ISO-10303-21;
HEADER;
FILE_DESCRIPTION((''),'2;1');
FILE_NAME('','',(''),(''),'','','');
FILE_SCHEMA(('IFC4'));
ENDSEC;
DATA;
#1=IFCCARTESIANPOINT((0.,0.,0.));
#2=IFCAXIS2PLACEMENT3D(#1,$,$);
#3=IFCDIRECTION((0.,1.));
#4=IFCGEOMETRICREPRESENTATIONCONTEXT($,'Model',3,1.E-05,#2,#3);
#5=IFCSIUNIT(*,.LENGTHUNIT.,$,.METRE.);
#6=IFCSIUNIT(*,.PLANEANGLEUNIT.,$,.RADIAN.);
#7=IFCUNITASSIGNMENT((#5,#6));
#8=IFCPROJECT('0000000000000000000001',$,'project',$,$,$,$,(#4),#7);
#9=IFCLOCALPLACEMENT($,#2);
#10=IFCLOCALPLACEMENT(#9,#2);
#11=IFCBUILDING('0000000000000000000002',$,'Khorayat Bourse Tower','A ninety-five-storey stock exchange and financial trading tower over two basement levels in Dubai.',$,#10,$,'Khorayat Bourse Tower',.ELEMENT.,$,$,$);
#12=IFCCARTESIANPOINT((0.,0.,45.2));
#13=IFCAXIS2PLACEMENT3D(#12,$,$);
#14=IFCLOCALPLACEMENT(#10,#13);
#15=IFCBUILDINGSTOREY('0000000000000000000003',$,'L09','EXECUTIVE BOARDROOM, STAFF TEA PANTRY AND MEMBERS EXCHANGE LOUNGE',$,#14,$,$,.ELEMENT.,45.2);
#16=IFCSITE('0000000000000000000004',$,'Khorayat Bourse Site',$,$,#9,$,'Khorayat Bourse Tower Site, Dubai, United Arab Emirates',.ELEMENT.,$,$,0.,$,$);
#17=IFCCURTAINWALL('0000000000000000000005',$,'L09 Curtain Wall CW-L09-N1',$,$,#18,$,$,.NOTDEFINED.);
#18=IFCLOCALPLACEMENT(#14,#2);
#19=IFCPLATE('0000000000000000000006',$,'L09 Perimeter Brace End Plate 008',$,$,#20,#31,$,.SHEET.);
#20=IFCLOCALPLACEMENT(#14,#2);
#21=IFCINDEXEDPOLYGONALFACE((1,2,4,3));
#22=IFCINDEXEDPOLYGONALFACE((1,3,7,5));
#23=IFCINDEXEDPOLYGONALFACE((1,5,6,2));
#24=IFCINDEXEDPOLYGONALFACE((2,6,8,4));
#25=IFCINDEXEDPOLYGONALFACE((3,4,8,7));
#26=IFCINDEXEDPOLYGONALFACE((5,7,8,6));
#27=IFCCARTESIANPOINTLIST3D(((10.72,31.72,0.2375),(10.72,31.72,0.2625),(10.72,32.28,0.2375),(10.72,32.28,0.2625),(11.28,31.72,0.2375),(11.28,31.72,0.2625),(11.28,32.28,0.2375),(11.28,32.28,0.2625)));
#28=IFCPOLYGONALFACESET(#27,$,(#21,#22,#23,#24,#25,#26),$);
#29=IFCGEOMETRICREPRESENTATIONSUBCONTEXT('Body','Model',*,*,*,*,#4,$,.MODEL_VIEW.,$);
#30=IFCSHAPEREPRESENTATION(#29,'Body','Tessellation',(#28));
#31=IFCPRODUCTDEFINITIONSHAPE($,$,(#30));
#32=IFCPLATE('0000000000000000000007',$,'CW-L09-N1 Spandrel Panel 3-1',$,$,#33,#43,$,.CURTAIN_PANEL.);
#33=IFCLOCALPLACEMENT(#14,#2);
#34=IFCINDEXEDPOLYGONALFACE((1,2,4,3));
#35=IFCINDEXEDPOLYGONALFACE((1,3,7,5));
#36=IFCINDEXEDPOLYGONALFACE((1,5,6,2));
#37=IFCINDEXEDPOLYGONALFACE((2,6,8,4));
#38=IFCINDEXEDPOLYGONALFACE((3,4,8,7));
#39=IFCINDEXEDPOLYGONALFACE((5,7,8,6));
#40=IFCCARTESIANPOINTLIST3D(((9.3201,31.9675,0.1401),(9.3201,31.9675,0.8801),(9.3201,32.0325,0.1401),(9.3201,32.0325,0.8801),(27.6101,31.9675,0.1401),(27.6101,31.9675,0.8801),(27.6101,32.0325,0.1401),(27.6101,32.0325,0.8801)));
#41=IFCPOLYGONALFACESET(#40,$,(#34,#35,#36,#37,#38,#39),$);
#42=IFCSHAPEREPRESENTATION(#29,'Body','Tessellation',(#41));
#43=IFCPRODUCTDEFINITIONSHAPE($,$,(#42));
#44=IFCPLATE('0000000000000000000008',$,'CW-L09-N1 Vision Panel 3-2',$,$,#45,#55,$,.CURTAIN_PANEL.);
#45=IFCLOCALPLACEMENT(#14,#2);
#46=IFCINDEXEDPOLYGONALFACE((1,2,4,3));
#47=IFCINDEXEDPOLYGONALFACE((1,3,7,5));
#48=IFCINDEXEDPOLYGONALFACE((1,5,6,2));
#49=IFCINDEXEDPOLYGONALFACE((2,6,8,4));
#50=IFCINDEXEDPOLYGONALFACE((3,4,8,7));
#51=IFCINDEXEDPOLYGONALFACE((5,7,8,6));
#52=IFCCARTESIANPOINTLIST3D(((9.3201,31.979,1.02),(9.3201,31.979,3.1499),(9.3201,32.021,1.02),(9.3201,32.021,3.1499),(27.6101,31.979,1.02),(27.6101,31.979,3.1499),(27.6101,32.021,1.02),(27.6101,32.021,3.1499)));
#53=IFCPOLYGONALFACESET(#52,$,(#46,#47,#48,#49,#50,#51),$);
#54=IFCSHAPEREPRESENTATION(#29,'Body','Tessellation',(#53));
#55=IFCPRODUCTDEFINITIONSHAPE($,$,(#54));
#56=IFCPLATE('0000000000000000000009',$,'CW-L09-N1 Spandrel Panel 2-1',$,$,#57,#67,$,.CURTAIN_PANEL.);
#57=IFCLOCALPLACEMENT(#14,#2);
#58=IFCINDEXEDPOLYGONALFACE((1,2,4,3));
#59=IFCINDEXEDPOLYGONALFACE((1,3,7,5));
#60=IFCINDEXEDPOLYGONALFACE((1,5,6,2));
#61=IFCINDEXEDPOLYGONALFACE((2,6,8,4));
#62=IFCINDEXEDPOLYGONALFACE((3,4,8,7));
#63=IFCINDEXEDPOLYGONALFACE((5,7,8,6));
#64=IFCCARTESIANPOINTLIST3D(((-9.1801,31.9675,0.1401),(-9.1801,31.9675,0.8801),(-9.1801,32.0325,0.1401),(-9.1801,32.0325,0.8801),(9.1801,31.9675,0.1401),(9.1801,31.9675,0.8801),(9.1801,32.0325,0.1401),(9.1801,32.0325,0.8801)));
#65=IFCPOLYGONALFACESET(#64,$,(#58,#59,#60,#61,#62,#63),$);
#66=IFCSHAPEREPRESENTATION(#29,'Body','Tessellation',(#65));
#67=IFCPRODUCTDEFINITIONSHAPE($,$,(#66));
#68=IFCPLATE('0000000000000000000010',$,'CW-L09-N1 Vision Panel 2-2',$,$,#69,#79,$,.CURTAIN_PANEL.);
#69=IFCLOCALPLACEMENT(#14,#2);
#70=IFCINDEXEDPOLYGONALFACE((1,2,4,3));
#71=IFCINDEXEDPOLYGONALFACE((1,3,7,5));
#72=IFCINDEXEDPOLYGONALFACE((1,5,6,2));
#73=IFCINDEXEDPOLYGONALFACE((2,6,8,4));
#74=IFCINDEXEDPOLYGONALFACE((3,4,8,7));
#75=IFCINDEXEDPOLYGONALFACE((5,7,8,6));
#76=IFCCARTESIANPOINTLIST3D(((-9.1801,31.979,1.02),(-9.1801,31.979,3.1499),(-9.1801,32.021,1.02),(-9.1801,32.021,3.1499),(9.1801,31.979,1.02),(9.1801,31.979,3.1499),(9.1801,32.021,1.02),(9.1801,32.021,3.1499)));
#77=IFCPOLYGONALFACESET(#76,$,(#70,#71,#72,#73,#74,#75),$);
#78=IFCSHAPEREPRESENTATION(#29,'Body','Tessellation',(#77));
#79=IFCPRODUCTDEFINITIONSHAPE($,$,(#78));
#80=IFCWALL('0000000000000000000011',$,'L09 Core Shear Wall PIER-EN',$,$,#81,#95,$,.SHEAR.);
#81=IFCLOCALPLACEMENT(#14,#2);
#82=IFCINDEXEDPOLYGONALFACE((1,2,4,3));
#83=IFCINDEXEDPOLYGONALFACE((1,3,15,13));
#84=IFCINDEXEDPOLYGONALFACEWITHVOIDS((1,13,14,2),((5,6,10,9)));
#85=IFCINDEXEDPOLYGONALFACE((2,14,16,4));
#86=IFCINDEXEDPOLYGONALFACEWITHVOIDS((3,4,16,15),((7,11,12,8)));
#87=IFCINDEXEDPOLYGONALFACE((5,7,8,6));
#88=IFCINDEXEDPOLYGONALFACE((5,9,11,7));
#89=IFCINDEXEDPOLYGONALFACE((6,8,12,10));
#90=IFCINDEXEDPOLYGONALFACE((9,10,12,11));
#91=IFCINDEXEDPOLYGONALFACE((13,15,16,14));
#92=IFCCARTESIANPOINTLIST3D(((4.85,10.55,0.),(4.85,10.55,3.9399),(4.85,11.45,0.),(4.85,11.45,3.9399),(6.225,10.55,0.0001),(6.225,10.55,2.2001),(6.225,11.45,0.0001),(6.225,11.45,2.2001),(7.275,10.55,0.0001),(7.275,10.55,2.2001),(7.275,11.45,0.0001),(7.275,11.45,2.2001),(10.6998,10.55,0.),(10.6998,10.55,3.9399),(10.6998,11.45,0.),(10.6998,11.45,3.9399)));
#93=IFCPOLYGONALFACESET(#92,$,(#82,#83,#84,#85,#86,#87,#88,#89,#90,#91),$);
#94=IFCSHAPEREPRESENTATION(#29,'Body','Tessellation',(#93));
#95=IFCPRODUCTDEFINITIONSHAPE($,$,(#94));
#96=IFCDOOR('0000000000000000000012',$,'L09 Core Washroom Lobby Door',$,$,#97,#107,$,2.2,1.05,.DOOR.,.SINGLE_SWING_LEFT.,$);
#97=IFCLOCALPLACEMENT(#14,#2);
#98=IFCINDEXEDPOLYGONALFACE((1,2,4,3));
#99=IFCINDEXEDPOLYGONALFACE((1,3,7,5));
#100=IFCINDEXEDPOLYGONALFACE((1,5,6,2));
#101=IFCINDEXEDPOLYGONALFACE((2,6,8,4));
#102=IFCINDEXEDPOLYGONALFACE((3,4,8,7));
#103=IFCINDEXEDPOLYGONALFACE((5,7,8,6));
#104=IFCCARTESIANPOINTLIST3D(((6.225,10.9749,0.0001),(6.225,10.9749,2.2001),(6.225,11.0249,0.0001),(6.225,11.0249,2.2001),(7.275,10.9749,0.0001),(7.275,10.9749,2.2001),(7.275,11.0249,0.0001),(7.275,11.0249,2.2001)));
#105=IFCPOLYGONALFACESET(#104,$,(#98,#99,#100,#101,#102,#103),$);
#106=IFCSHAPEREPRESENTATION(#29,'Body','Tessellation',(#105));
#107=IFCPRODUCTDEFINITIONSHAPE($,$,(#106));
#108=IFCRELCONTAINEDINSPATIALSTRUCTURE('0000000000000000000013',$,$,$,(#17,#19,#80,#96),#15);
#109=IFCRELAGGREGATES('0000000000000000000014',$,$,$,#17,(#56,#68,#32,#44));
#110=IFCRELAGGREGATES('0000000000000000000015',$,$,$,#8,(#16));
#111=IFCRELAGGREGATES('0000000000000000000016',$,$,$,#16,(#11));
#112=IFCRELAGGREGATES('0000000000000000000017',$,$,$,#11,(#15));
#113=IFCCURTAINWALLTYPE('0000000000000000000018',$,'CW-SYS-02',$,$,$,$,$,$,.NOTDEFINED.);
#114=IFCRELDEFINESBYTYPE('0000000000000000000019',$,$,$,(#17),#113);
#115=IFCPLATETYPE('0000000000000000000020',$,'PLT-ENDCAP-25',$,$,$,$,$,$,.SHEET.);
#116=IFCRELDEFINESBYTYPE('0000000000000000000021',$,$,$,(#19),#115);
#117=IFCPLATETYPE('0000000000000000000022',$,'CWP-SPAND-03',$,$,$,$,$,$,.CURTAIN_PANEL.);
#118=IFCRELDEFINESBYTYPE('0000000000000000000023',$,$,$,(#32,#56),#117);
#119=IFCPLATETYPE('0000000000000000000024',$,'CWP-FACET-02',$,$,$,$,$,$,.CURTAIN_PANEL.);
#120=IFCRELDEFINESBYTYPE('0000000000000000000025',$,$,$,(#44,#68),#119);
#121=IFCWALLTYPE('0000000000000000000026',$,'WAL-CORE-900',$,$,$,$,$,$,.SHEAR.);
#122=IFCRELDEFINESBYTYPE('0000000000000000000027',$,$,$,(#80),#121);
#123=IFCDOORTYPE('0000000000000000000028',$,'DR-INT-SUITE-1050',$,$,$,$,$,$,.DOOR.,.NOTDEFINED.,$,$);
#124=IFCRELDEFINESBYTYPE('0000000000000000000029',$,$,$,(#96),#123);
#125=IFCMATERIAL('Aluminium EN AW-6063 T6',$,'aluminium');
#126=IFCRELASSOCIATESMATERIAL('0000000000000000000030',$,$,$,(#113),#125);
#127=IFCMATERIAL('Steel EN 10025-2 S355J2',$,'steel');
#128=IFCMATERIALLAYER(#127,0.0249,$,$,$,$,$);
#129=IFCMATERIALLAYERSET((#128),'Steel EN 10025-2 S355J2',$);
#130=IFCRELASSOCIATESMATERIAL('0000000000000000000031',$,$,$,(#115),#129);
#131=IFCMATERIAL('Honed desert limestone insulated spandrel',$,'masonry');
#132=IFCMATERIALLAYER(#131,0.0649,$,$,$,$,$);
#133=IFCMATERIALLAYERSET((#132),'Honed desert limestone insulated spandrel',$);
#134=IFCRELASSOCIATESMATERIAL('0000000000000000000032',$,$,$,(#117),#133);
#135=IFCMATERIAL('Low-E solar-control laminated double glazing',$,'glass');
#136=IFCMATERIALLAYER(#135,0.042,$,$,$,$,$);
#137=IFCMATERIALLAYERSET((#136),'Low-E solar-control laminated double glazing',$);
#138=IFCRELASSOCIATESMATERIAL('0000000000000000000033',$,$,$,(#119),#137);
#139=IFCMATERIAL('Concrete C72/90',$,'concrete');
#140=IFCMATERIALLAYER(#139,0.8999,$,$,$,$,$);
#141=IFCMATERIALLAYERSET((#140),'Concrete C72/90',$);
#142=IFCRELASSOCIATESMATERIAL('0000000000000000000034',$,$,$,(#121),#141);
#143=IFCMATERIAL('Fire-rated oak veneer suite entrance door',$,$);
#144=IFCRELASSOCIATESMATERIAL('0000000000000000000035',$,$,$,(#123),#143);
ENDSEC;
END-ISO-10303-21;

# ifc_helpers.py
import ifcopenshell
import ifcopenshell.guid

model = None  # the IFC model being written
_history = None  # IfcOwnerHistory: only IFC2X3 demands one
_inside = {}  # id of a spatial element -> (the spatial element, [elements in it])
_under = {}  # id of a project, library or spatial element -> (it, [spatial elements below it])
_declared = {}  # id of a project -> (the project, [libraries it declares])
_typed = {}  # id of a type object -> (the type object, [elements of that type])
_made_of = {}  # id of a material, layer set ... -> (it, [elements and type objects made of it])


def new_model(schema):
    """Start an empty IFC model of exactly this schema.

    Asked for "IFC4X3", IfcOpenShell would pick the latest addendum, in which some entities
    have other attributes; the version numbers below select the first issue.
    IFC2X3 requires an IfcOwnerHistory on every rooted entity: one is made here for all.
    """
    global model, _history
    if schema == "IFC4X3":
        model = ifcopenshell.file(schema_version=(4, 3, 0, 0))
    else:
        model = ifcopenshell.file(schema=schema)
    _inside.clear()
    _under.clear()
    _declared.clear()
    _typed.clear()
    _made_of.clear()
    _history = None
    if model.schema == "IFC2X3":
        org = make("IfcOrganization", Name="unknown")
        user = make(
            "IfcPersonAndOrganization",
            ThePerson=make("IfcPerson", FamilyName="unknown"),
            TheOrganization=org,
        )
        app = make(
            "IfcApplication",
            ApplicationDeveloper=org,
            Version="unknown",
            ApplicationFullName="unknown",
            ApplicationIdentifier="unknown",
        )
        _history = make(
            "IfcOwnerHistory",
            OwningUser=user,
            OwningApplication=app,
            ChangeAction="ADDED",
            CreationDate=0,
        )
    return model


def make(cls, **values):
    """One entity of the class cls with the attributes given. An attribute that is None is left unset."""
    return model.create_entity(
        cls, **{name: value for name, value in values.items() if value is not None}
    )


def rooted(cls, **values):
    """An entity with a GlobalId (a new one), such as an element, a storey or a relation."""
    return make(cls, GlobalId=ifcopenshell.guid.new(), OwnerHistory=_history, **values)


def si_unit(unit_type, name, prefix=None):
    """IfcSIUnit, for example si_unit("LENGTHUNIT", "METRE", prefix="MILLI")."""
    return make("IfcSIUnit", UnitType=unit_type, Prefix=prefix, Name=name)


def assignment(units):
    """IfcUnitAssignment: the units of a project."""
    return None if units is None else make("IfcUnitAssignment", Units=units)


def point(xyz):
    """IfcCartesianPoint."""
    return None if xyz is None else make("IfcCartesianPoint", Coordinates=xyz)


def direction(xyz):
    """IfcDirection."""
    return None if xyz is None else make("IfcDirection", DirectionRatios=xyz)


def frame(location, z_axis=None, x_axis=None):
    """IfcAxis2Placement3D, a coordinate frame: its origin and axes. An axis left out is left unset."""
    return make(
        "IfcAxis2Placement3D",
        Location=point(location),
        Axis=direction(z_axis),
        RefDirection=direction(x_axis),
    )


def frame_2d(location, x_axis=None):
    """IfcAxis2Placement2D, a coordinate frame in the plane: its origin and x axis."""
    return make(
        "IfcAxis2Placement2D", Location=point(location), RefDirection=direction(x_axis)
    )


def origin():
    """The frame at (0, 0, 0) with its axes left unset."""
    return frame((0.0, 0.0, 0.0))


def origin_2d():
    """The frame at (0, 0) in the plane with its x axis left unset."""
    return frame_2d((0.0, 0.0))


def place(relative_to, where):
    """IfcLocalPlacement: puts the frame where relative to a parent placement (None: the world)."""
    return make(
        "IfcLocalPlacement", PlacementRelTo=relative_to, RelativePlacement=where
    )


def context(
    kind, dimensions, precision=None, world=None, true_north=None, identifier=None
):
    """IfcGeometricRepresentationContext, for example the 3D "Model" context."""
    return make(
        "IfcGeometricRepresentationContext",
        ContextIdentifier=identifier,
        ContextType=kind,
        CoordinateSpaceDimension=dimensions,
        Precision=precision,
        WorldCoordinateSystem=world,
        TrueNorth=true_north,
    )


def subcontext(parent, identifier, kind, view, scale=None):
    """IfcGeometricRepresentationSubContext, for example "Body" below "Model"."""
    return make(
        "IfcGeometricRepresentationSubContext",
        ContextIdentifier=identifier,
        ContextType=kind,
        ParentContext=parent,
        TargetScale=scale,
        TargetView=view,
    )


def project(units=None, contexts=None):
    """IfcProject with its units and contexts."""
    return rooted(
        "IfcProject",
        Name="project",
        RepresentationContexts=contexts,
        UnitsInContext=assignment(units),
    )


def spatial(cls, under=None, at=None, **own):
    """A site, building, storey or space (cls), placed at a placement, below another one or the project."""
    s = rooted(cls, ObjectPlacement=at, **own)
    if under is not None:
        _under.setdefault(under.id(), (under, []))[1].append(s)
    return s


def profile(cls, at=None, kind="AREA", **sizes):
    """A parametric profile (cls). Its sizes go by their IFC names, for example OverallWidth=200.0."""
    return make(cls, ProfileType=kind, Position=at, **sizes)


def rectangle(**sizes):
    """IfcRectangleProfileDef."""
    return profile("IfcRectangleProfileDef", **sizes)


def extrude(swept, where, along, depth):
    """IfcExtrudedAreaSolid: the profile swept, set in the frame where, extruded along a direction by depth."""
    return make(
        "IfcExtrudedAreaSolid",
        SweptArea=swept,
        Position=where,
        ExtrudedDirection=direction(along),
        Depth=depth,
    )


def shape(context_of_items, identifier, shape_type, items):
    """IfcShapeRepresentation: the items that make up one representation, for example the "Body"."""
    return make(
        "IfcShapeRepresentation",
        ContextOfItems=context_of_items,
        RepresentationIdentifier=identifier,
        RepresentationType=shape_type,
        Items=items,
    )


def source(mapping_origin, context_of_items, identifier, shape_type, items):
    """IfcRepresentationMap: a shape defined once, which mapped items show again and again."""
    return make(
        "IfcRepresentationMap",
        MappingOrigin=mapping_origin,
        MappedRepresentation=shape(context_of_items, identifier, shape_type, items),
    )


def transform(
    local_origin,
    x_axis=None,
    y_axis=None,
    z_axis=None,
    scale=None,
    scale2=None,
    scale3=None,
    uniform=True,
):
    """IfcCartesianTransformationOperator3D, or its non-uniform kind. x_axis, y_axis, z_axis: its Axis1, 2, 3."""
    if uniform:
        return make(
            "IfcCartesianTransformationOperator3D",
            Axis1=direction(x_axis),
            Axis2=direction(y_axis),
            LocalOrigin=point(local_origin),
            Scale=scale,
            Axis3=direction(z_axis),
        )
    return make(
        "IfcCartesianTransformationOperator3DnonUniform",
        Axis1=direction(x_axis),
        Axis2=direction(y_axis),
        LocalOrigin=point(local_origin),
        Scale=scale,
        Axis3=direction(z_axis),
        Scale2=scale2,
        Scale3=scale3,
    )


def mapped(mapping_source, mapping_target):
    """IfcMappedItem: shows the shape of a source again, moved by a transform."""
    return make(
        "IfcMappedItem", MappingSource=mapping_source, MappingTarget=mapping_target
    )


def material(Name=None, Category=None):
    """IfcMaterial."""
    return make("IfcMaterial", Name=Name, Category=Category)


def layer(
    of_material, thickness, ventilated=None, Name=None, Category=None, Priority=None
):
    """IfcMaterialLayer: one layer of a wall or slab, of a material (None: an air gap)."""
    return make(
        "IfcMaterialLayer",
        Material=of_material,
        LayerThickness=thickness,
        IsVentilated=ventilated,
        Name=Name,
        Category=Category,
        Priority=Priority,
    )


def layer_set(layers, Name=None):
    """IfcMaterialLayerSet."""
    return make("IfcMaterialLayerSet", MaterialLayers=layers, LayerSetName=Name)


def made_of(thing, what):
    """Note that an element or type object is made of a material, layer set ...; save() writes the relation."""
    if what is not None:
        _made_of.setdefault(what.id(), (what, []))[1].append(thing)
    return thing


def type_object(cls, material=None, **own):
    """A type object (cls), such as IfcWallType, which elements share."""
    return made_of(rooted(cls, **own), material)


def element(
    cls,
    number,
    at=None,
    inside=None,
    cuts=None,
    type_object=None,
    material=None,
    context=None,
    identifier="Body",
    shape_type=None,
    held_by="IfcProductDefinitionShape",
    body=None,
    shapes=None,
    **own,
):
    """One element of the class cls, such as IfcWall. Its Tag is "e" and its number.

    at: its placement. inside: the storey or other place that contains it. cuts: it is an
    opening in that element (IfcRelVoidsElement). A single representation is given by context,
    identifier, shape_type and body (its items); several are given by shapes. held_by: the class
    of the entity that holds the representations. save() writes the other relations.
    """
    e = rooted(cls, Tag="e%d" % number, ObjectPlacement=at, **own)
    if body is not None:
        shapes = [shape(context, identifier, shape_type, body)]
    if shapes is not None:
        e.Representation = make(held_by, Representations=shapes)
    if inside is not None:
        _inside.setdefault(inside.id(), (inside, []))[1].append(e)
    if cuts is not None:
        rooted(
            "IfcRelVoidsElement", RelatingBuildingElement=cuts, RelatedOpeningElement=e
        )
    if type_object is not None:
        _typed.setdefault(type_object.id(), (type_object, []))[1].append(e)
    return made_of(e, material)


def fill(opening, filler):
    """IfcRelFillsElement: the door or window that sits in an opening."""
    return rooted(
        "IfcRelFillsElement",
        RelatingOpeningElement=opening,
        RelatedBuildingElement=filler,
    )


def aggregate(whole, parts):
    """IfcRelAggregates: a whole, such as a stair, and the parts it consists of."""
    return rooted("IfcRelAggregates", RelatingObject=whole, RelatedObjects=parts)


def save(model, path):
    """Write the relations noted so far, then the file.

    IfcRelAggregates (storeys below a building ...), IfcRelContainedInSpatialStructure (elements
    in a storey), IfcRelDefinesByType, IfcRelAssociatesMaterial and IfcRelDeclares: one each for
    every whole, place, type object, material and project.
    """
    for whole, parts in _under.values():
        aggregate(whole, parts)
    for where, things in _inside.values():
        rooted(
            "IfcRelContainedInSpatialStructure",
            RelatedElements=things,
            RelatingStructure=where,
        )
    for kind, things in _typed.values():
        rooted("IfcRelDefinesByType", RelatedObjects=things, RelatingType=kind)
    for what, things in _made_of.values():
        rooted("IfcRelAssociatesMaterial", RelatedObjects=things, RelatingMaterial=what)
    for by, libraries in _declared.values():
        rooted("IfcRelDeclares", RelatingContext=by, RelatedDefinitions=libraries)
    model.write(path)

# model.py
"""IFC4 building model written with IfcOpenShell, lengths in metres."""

from ifc_helpers import new_model, si_unit, direction, frame, frame_2d, origin, origin_2d, place, context, subcontext, project, spatial, rectangle, extrude, source, transform, mapped, material, layer, layer_set, type_object, element, fill, aggregate, save


model = new_model("IFC4")

# Units and contexts
model_context = context("Model", 3, precision=1e-05, world=origin(), true_north=direction((0.0, 1.0)))
body_context = subcontext(model_context, "Body", "Model", "MODEL_VIEW")
ifc_project = project(units=[si_unit("LENGTHUNIT", "METRE"), si_unit("PLANEANGLEUNIT", "RADIAN")], contexts=[model_context])

# Site, building, storey
site_placement = place(None, origin())
site = spatial("IfcSite", under=ifc_project, at=site_placement, Name="Khorayat Bourse Site", LongName="Khorayat Bourse Tower Site, Dubai, United Arab Emirates", CompositionType="ELEMENT", RefElevation=0.0)
building_placement = place(site_placement, origin())
building = spatial("IfcBuilding", under=site, at=building_placement, Name="Khorayat Bourse Tower", Description="A ninety-five-storey stock exchange and financial trading tower over two basement levels in Dubai.", LongName="Khorayat Bourse Tower", CompositionType="ELEMENT")
storey_placement = place(building_placement, frame((0.0, 0.0, 45.2)))
storey = spatial("IfcBuildingStorey", under=building, at=storey_placement, Name="L09", Description="EXECUTIVE BOARDROOM, STAFF TEA PANTRY AND MEMBERS EXCHANGE LOUNGE", CompositionType="ELEMENT", Elevation=45.2)

# Shared definitions
ifc_material_1 = material(Name="Concrete C72/90", Category="concrete")

# Curtain wall
ifc_material_2 = material(Name="Aluminium EN AW-6063 T6", Category="aluminium")
curtain_wall_type = type_object("IfcCurtainWallType", Name="CW-SYS-02", PredefinedType="NOTDEFINED", material=ifc_material_2)
curtain_wall_placement = place(storey_placement, origin())
curtain_wall = element("IfcCurtainWall", 1, at=curtain_wall_placement, inside=storey, type_object=curtain_wall_type, Name="L09 Curtain Wall CW-L09-N1", PredefinedType="NOTDEFINED")

# Plate
ifc_material_3 = material(Name="Steel EN 10025-2 S355J2", Category="steel")
ifc_layer_1 = layer(ifc_material_3, 0.0249)
ifc_layer_set_1 = layer_set([ifc_layer_1], Name="Steel EN 10025-2 S355J2")
plate_type_1 = type_object("IfcPlateType", Name="PLT-ENDCAP-25", PredefinedType="SHEET", material=ifc_layer_set_1)
shared_shape_1 = source(origin(), body_context, "Body", "SweptSolid", [
    extrude(rectangle(XDim=0.5601, YDim=0.5601, at=origin_2d()), origin(), (0.0, 0.0, 1.0), 0.0249),
])
for number, where, z_axis, x_axis, name in (
    (2, (11.0, 32.0, 0.2375), (0.0, 0.0, 1.0), (1.0, 0.0, 0.0), "L09 Perimeter Brace End Plate 008"),
):
    element("IfcPlate", number, at=place(storey_placement, frame(where, z_axis=z_axis, x_axis=x_axis)), inside=storey, type_object=plate_type_1, Name=name, PredefinedType="SHEET", context=body_context, shape_type="MappedRepresentation", body=[
        mapped(shared_shape_1, transform((0.0, 0.0, 0.0), scale=1.0)),
    ])

# Plates
ifc_material_4 = material(Name="Honed desert limestone insulated spandrel", Category="masonry")
ifc_layer_2 = layer(ifc_material_4, 0.0649)
ifc_layer_set_2 = layer_set([ifc_layer_2], Name="Honed desert limestone insulated spandrel")
plate_type_2 = type_object("IfcPlateType", Name="CWP-SPAND-03", PredefinedType="CURTAIN_PANEL", material=ifc_layer_set_2)
shared_shape_2 = source(origin(), body_context, "Body", "SweptSolid", [
    extrude(rectangle(XDim=18.29, YDim=0.0649, at=origin_2d()), origin(), (0.0, 0.0, 1.0), 0.74),
])
plate_1_placement = place(storey_placement, frame((18.4651, 32.0, 0.1401), z_axis=(0.0, 0.0, 1.0), x_axis=(1.0, 0.0, 0.0)))
plate_1 = element("IfcPlate", 3, at=plate_1_placement, type_object=plate_type_2, Name="CW-L09-N1 Spandrel Panel 3-1", PredefinedType="CURTAIN_PANEL", context=body_context, shape_type="MappedRepresentation", body=[
    mapped(shared_shape_2, transform((0.0, 0.0, 0.0), scale=1.0)),
])
ifc_material_5 = material(Name="Low-E solar-control laminated double glazing", Category="glass")
ifc_layer_3 = layer(ifc_material_5, 0.042)
ifc_layer_set_3 = layer_set([ifc_layer_3], Name="Low-E solar-control laminated double glazing")
plate_type_3 = type_object("IfcPlateType", Name="CWP-FACET-02", PredefinedType="CURTAIN_PANEL", material=ifc_layer_set_3)
shared_shape_3 = source(origin(), body_context, "Body", "SweptSolid", [
    extrude(rectangle(XDim=18.29, YDim=0.042, at=origin_2d()), origin(), (0.0, 0.0, 1.0), 2.1299),
])
plate_2_placement = place(storey_placement, frame((18.4651, 32.0, 1.02), z_axis=(0.0, 0.0, 1.0), x_axis=(1.0, 0.0, 0.0)))
plate_2 = element("IfcPlate", 4, at=plate_2_placement, type_object=plate_type_3, Name="CW-L09-N1 Vision Panel 3-2", PredefinedType="CURTAIN_PANEL", context=body_context, shape_type="MappedRepresentation", body=[
    mapped(shared_shape_3, transform((0.0, 0.0, 0.0), scale=1.0)),
])
shared_shape_4 = source(origin(), body_context, "Body", "SweptSolid", [
    extrude(rectangle(XDim=18.3601, YDim=0.0649, at=origin_2d()), origin(), (0.0, 0.0, 1.0), 0.74),
])
plate_3_placement = place(storey_placement, frame((0.0, 32.0, 0.1401), z_axis=(0.0, 0.0, 1.0), x_axis=(1.0, 0.0, 0.0)))
plate_3 = element("IfcPlate", 5, at=plate_3_placement, type_object=plate_type_2, Name="CW-L09-N1 Spandrel Panel 2-1", PredefinedType="CURTAIN_PANEL", context=body_context, shape_type="MappedRepresentation", body=[
    mapped(shared_shape_4, transform((0.0, 0.0, 0.0), scale=1.0)),
])
shared_shape_5 = source(origin(), body_context, "Body", "SweptSolid", [
    extrude(rectangle(XDim=18.3601, YDim=0.042, at=origin_2d()), origin(), (0.0, 0.0, 1.0), 2.1299),
])
plate_4_placement = place(storey_placement, frame((0.0, 32.0, 1.02), z_axis=(0.0, 0.0, 1.0), x_axis=(1.0, 0.0, 0.0)))
plate_4 = element("IfcPlate", 6, at=plate_4_placement, type_object=plate_type_3, Name="CW-L09-N1 Vision Panel 2-2", PredefinedType="CURTAIN_PANEL", context=body_context, shape_type="MappedRepresentation", body=[
    mapped(shared_shape_5, transform((0.0, 0.0, 0.0), scale=1.0)),
])
aggregate(curtain_wall, [plate_3, plate_4, plate_1, plate_2])

# Wall, opening, door
ifc_layer_4 = layer(ifc_material_1, 0.8999)
ifc_layer_set_4 = layer_set([ifc_layer_4], Name="Concrete C72/90")
wall_type = type_object("IfcWallType", Name="WAL-CORE-900", PredefinedType="SHEAR", material=ifc_layer_set_4)
shared_shape_6 = source(origin(), body_context, "Body", "SweptSolid", [
    extrude(rectangle(XDim=5.8499, YDim=0.8999, at=frame_2d((2.9248, 0.0))), origin(), (0.0, 0.0, 1.0), 3.9399),
])
wall_placement = place(storey_placement, frame((4.8501, 11.0, 0.0), z_axis=(0.0, 0.0, 1.0), x_axis=(1.0, 0.0, 0.0)))
wall = element("IfcWall", 7, at=wall_placement, inside=storey, type_object=wall_type, Name="L09 Core Shear Wall PIER-EN", PredefinedType="SHEAR", context=body_context, shape_type="MappedRepresentation", body=[
    mapped(shared_shape_6, transform((0.0, 0.0, 0.0), scale=1.0)),
])
shared_shape_7 = source(origin(), body_context, "Body", "SweptSolid", [
    extrude(rectangle(XDim=1.05, YDim=2.2, at=frame_2d((0.5249, 1.1001))), frame((0.0, 0.46, 0.0), z_axis=(0.0, -1.0, 0.0), x_axis=(1.0, 0.0, 0.0)), (0.0, 0.0, 1.0), 0.9199),
])
opening_placement = place(wall_placement, frame((1.375, 0.0, 0.0)))
opening = element("IfcOpeningElement", 8, at=opening_placement, cuts=wall, PredefinedType="OPENING", context=body_context, shape_type="MappedRepresentation", body=[
    mapped(shared_shape_7, transform((0.0, 0.0, 0.0), scale=1.0)),
])
ifc_material_6 = material(Name="Fire-rated oak veneer suite entrance door")
door_type = type_object("IfcDoorType", Name="DR-INT-SUITE-1050", OperationType="NOTDEFINED", PredefinedType="DOOR", material=ifc_material_6)
shared_shape_8 = source(origin(), body_context, "Body", "SweptSolid", [
    extrude(rectangle(XDim=1.05, YDim=2.2, at=frame_2d((0.5249, 1.1001))), frame((0.0, 0.0249, 0.0), z_axis=(0.0, -1.0, 0.0), x_axis=(1.0, 0.0, 0.0)), (0.0, 0.0, 1.0), 0.05),
])
door_placement = place(opening_placement, origin())
door = element("IfcDoor", 9, at=door_placement, inside=storey, type_object=door_type, Name="L09 Core Washroom Lobby Door", OperationType="SINGLE_SWING_LEFT", OverallHeight=2.2, OverallWidth=1.05, PredefinedType="DOOR", context=body_context, shape_type="MappedRepresentation", body=[
    mapped(shared_shape_8, transform((0.0, 0.0, 0.0), scale=1.0)),
])
fill(opening, door)

save(model, "model.ifc")
